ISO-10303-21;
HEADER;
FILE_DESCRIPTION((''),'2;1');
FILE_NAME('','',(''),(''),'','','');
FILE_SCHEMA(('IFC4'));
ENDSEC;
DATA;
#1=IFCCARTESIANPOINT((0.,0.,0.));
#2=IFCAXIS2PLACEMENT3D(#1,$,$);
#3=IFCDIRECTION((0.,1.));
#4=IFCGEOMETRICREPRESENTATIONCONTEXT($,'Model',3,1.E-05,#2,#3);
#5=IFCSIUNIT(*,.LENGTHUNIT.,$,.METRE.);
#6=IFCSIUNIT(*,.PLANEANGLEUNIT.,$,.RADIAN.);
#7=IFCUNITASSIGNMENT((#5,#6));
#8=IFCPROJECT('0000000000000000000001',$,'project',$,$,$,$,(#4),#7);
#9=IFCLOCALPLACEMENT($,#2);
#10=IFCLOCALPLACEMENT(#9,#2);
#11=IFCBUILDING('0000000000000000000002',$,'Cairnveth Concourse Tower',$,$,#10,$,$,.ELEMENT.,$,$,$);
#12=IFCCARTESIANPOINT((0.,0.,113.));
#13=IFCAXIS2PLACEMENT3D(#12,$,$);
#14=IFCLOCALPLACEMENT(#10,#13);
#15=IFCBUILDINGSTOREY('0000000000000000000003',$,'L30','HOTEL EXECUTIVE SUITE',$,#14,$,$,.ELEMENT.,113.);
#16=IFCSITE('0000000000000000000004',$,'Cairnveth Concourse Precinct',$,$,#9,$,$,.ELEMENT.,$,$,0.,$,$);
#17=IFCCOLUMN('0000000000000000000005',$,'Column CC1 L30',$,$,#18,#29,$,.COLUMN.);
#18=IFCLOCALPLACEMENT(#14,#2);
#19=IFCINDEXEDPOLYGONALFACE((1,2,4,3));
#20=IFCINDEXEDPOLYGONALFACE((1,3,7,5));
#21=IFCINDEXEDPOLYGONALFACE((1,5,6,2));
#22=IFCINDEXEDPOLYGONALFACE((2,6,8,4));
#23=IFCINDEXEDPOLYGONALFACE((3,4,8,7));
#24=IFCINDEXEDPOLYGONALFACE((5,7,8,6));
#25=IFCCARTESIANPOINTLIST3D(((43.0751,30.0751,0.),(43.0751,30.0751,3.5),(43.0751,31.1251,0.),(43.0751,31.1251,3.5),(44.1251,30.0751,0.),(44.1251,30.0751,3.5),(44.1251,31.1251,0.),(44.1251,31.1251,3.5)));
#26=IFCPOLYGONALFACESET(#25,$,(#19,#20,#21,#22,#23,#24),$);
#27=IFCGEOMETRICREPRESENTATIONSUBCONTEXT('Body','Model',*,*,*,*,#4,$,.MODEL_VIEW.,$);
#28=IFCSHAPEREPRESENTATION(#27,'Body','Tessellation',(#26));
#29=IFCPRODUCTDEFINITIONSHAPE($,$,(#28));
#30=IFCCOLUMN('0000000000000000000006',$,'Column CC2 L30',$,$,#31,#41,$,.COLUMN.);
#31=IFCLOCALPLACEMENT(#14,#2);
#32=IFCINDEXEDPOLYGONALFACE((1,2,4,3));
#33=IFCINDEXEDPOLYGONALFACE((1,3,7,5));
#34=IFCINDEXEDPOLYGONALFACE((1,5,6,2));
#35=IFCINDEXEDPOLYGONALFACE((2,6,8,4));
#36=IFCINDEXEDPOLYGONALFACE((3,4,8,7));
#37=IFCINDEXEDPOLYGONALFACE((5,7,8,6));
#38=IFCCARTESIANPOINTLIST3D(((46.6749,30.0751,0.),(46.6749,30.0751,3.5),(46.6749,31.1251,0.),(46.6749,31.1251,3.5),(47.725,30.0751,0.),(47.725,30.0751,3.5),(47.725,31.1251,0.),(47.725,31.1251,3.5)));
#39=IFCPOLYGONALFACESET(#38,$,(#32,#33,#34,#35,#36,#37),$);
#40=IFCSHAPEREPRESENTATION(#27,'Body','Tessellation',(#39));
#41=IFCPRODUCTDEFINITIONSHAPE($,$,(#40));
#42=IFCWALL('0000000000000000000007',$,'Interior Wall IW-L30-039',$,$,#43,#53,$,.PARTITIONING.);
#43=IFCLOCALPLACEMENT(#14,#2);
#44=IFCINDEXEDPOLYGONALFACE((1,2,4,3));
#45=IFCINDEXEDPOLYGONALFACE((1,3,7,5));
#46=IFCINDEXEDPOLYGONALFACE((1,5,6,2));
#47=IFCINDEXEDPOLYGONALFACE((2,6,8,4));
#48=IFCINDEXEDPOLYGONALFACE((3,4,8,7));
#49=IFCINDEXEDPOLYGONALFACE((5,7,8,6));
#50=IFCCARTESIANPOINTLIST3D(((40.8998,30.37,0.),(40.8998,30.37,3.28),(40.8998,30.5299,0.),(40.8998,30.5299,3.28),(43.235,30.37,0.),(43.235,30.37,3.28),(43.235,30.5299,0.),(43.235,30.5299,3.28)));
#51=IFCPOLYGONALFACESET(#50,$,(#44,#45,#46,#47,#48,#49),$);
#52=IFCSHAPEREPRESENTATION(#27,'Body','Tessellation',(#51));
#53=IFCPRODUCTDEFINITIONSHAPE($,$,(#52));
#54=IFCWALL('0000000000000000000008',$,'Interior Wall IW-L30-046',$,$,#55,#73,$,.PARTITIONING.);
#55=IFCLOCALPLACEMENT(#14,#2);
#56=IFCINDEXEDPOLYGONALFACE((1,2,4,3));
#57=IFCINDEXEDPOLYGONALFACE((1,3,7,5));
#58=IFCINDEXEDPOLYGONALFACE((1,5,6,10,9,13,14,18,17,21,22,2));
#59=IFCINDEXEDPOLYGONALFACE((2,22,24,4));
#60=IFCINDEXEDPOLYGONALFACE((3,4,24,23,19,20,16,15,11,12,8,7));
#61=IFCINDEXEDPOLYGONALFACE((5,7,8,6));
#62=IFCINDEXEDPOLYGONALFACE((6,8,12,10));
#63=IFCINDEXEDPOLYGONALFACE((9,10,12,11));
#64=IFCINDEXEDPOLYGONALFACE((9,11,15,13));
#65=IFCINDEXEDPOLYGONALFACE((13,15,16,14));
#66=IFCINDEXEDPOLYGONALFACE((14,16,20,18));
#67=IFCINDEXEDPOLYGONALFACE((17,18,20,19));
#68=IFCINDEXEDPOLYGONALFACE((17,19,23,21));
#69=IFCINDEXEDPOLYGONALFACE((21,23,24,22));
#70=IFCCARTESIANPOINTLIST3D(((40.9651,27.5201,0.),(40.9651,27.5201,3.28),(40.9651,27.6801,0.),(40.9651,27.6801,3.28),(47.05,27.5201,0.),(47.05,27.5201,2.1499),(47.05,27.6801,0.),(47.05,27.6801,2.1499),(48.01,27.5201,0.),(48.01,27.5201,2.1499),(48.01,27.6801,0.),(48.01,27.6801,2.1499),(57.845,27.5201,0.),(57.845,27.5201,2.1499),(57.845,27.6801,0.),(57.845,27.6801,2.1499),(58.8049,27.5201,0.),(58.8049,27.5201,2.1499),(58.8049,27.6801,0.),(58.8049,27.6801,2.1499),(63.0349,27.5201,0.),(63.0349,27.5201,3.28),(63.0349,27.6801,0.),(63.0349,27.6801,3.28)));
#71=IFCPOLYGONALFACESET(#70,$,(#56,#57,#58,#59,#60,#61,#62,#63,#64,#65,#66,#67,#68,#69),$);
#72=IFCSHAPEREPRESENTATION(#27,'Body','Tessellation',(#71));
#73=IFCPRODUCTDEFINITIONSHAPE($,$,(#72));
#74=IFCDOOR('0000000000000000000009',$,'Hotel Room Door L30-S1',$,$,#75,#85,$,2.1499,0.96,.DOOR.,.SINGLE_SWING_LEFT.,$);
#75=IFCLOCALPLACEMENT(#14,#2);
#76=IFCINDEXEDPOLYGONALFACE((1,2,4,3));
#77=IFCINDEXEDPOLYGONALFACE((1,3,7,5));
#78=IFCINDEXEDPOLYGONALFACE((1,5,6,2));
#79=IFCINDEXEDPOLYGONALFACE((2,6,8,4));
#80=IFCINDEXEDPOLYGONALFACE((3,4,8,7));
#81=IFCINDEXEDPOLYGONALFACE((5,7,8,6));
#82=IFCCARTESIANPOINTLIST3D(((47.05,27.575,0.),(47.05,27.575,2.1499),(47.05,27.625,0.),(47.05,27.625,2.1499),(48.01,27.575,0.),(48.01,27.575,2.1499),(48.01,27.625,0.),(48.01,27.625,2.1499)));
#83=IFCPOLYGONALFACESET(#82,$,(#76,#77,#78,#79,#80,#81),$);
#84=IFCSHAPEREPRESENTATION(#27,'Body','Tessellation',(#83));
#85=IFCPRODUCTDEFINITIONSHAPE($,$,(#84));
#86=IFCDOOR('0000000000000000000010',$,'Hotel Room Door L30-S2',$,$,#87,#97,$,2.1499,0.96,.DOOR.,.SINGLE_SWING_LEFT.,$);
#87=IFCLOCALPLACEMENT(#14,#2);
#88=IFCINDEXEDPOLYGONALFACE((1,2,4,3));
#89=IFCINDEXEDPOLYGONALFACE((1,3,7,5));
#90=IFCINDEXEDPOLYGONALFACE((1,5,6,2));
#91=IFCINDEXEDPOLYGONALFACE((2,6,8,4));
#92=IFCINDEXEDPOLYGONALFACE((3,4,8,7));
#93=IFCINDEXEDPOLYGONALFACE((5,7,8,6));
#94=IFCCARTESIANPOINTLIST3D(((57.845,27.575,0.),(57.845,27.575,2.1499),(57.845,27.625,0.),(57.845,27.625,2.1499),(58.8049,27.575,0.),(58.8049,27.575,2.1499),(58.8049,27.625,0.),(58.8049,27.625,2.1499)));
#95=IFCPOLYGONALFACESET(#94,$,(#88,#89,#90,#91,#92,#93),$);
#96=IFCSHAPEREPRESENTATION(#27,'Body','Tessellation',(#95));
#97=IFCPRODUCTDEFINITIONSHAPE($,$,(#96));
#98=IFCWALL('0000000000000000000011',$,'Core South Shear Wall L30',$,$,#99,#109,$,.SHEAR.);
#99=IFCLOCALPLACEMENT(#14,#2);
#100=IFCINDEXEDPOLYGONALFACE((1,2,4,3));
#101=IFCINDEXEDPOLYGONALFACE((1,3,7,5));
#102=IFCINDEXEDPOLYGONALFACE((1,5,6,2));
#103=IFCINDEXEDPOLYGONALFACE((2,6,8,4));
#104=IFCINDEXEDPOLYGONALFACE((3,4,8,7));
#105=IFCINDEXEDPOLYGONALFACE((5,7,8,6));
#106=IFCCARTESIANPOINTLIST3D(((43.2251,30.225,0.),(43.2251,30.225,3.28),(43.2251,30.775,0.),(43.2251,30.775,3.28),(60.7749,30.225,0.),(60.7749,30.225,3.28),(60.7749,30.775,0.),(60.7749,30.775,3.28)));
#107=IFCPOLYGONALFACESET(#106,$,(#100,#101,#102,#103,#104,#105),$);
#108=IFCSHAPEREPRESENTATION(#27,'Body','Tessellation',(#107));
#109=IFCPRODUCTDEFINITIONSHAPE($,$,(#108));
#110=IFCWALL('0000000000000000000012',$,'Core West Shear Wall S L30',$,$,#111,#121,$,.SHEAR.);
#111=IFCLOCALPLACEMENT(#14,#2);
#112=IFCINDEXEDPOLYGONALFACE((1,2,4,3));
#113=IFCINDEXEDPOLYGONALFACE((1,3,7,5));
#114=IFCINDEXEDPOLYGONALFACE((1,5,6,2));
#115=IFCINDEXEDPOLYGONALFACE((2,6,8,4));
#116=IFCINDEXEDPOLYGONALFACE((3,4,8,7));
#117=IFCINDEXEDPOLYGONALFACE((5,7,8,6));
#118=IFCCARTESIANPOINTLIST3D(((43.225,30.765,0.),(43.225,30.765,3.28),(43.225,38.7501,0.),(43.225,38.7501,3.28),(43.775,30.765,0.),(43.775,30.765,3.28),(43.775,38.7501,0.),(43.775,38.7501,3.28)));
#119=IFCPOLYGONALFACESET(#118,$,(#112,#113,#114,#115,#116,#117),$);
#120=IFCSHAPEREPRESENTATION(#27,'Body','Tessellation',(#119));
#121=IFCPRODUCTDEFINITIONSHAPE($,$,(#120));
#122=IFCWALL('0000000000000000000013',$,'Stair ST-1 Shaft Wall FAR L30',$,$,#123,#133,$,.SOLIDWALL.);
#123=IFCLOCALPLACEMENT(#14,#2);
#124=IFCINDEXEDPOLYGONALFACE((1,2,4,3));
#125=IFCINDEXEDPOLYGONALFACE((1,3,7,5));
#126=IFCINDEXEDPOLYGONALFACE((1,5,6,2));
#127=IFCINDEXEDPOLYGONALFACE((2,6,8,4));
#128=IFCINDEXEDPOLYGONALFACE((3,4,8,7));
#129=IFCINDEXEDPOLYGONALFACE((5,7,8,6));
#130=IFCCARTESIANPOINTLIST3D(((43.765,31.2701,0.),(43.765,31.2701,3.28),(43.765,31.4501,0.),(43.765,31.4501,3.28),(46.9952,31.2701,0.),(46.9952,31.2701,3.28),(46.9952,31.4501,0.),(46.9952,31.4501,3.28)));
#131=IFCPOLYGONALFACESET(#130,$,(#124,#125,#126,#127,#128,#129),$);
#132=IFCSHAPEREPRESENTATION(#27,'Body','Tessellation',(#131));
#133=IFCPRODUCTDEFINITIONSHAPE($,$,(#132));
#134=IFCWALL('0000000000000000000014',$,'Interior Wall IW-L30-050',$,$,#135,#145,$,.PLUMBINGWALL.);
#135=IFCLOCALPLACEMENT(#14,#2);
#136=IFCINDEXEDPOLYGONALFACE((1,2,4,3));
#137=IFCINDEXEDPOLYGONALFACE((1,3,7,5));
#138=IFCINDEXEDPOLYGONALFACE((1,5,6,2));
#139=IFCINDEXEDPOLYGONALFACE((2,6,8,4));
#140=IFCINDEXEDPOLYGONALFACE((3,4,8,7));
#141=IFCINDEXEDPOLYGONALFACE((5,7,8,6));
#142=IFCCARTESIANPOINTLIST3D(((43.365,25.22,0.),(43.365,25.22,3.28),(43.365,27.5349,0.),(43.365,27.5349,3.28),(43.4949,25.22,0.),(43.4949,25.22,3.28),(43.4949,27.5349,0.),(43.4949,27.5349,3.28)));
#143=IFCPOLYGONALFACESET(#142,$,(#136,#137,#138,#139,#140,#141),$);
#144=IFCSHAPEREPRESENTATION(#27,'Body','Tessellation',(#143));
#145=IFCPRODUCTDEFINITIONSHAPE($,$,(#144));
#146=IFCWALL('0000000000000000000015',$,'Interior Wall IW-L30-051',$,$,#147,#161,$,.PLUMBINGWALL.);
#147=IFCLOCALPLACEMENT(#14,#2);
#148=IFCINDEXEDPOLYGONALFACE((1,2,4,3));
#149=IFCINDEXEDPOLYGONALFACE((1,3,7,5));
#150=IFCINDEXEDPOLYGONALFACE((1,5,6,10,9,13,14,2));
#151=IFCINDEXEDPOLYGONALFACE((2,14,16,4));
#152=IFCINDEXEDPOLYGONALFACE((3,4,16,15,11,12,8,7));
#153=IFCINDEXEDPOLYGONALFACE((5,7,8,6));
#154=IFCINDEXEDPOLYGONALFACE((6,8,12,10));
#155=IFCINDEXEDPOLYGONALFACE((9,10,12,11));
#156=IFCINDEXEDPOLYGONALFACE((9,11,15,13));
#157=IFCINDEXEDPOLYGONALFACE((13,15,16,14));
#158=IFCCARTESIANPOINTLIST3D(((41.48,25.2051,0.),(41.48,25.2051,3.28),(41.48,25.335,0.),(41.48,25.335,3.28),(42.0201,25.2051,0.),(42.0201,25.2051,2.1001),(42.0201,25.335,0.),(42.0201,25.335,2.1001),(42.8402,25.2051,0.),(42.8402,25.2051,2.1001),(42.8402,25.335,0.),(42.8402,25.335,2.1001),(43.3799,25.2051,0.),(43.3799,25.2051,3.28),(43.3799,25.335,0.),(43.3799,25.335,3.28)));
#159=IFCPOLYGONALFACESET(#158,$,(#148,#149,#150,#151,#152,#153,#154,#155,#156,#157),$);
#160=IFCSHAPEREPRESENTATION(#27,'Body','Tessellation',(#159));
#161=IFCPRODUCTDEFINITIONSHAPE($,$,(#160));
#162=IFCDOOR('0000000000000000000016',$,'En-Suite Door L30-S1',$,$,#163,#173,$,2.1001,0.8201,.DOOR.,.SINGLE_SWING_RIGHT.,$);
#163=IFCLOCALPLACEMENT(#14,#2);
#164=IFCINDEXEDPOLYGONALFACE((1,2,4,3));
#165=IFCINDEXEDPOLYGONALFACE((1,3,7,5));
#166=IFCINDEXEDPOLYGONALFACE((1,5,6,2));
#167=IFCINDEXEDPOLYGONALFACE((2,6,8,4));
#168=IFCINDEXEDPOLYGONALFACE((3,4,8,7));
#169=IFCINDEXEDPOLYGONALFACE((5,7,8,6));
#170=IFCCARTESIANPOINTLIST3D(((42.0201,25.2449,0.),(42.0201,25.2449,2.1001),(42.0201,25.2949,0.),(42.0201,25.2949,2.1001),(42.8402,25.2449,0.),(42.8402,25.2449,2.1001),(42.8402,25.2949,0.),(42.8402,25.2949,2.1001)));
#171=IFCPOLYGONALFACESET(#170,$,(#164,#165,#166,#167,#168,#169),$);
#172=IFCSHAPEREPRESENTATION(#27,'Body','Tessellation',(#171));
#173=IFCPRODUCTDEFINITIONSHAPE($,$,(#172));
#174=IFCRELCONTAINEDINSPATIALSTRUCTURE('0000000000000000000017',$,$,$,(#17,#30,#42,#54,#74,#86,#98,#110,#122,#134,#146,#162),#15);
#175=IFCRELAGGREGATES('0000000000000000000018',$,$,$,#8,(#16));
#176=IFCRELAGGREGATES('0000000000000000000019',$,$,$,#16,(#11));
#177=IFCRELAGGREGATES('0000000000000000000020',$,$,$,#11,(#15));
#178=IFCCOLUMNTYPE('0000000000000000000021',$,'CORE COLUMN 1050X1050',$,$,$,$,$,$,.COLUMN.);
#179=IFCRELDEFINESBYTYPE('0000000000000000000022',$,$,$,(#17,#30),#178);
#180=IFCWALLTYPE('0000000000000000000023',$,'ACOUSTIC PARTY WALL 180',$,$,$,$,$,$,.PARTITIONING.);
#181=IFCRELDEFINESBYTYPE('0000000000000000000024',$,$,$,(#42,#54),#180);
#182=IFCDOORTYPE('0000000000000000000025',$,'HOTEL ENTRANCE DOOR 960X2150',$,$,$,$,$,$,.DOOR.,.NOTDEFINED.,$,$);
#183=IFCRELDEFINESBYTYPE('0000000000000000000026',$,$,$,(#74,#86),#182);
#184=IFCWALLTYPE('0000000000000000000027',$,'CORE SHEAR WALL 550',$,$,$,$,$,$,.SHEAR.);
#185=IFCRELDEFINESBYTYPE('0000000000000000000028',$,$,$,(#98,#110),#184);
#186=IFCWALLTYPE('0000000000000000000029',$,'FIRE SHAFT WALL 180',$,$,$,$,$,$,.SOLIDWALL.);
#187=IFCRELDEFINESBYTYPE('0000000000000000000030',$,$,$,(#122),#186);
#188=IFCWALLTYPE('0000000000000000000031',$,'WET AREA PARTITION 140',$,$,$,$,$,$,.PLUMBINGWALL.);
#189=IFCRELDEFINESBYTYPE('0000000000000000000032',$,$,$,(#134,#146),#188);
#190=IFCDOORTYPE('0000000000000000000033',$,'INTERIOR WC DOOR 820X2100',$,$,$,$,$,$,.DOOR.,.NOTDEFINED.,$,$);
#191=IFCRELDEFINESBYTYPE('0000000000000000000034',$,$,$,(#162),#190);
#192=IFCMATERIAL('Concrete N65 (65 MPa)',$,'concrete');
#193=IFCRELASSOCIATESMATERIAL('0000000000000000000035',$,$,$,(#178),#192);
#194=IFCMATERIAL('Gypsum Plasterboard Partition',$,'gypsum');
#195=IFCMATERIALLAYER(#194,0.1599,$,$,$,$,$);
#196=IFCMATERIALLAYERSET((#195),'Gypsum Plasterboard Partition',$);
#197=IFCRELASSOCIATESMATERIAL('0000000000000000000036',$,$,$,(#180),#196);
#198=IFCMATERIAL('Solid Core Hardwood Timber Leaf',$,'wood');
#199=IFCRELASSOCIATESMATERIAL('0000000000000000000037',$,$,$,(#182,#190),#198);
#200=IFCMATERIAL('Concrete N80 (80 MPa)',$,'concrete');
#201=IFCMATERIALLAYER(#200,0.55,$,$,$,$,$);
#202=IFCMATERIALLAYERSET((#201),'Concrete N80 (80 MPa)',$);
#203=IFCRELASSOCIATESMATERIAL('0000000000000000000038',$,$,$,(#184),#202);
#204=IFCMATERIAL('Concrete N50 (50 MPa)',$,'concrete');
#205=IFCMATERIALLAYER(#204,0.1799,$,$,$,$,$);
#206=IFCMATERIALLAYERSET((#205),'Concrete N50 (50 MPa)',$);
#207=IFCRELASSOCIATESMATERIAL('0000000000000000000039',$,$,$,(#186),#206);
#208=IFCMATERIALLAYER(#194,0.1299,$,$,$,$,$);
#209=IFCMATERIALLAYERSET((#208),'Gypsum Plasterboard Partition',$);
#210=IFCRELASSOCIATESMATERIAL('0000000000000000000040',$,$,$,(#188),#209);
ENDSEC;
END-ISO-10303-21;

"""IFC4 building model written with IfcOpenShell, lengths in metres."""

from ifc_helpers import new_model, si_unit, direction, frame, frame_2d, origin, origin_2d, place, context, subcontext, project, spatial, rectangle, extrude, material, layer, layer_set, material_profile, profile_set, type_object, element, fill, save


model = new_model("IFC4")

# Units and contexts
model_context = context("Model", 3, precision=1e-05, world=origin(), true_north=direction((0.0, 1.0)))
body_context = subcontext(model_context, "Body", "Model", "MODEL_VIEW")
ifc_project = project(units=[si_unit("LENGTHUNIT", "METRE"), si_unit("PLANEANGLEUNIT", "RADIAN")], contexts=[model_context])

# Site, building, storey
site_placement = place(None, origin())
site = spatial("IfcSite", under=ifc_project, at=site_placement, Name="Cairnveth Concourse Precinct", CompositionType="ELEMENT", RefElevation=0.0)
building_placement = place(site_placement, origin())
building = spatial("IfcBuilding", under=site, at=building_placement, Name="Cairnveth Concourse Tower", CompositionType="ELEMENT")
storey_placement = place(building_placement, frame((0.0, 0.0, 113.0)))
storey = spatial("IfcBuildingStorey", under=building, at=storey_placement, Name="L30", Description="HOTEL EXECUTIVE SUITE", CompositionType="ELEMENT", Elevation=113.0)

# Columns
ifc_material_1 = material(Name="Concrete N65 (65 MPa)", Category="concrete")
ifc_material_profile = material_profile(ifc_material_1, rectangle(XDim=1.05, YDim=1.05, at=origin_2d()), Name="RC-COL-1050x1050")
ifc_profile_set = profile_set([ifc_material_profile], Name="Concrete N65 (65 MPa)")
column_type = type_object("IfcColumnType", Name="CORE COLUMN 1050X1050", PredefinedType="COLUMN", material=ifc_profile_set)
for number, where, z_axis, x_axis, name in (
    (1, (43.6001, 30.6001, 0.0), (0.0, 0.0, 1.0), (1.0, 0.0, 0.0), "Column CC1 L30"),
    (2, (47.2, 30.6001, 0.0), (0.0, 0.0, 1.0), (1.0, 0.0, 0.0), "Column CC2 L30"),
):
    element("IfcColumn", number, at=place(storey_placement, frame(where, z_axis=z_axis, x_axis=x_axis)), inside=storey, type_object=column_type, Name=name, PredefinedType="COLUMN", context=body_context, shape_type="SweptSolid", body=[
        extrude(rectangle(XDim=1.05, YDim=1.05, at=origin_2d()), origin(), (0.0, 0.0, 1.0), 3.5),
    ])

# Wall
ifc_material_2 = material(Name="Gypsum Plasterboard Partition", Category="gypsum")
ifc_layer_1 = layer(ifc_material_2, 0.1599)
ifc_layer_set_1 = layer_set([ifc_layer_1], Name="Gypsum Plasterboard Partition")
wall_type_1 = type_object("IfcWallType", Name="ACOUSTIC PARTY WALL 180", PredefinedType="PARTITIONING", material=ifc_layer_set_1)
wall_1_placement = place(storey_placement, frame((40.8999, 30.45, 0.0), z_axis=(0.0, 0.0, 1.0), x_axis=(1.0, 0.0, 0.0)))
element("IfcWall", 3, at=wall_1_placement, inside=storey, type_object=wall_type_1, Name="Interior Wall IW-L30-039", PredefinedType="PARTITIONING", context=body_context, shape_type="SweptSolid", body=[
    extrude(rectangle(XDim=2.3352, YDim=0.1599, at=frame_2d((1.1675, 0.0))), origin(), (0.0, 0.0, 1.0), 3.28),
])

# Wall, openings, doors
wall_2_placement = place(storey_placement, frame((40.9651, 27.6001, 0.0), z_axis=(0.0, 0.0, 1.0), x_axis=(1.0, 0.0, 0.0)))
wall_2 = element("IfcWall", 4, at=wall_2_placement, inside=storey, type_object=wall_type_1, Name="Interior Wall IW-L30-046", PredefinedType="PARTITIONING", context=body_context, shape_type="SweptSolid", body=[
    extrude(rectangle(XDim=22.0698, YDim=0.1599, at=frame_2d((11.0349, 0.0))), origin(), (0.0, 0.0, 1.0), 3.28),
])
opening_1_placement = place(wall_2_placement, frame((6.085, 0.0, 0.0)))
opening_1 = element("IfcOpeningElement", 5, at=opening_1_placement, cuts=wall_2, PredefinedType="OPENING", context=body_context, shape_type="SweptSolid", body=[
    extrude(rectangle(XDim=0.96, YDim=2.1499, at=frame_2d((0.48, 1.075))), frame((0.0, 0.0898, 0.0), z_axis=(0.0, -1.0, 0.0), x_axis=(1.0, 0.0, 0.0)), (0.0, 0.0, 1.0), 0.1799),
])
opening_2_placement = place(wall_2_placement, frame((16.8799, 0.0, 0.0)))
opening_2 = element("IfcOpeningElement", 6, at=opening_2_placement, cuts=wall_2, PredefinedType="OPENING", context=body_context, shape_type="SweptSolid", body=[
    extrude(rectangle(XDim=0.96, YDim=2.1499, at=frame_2d((0.48, 1.075))), frame((0.0, 0.0898, 0.0), z_axis=(0.0, -1.0, 0.0), x_axis=(1.0, 0.0, 0.0)), (0.0, 0.0, 1.0), 0.1799),
])
ifc_material_3 = material(Name="Solid Core Hardwood Timber Leaf", Category="wood")
door_type_1 = type_object("IfcDoorType", Name="HOTEL ENTRANCE DOOR 960X2150", OperationType="NOTDEFINED", PredefinedType="DOOR", material=ifc_material_3)
door_1_placement = place(opening_1_placement, origin())
door_1 = element("IfcDoor", 7, at=door_1_placement, inside=storey, type_object=door_type_1, Name="Hotel Room Door L30-S1", OperationType="SINGLE_SWING_LEFT", OverallHeight=2.1499, OverallWidth=0.96, PredefinedType="DOOR", context=body_context, shape_type="SweptSolid", body=[
    extrude(rectangle(XDim=0.96, YDim=2.1499, at=frame_2d((0.48, 1.075))), frame((0.0, 0.0249, 0.0), z_axis=(0.0, -1.0, 0.0), x_axis=(1.0, 0.0, 0.0)), (0.0, 0.0, 1.0), 0.05),
])
fill(opening_1, door_1)
door_2_placement = place(opening_2_placement, origin())
door_2 = element("IfcDoor", 8, at=door_2_placement, inside=storey, type_object=door_type_1, Name="Hotel Room Door L30-S2", OperationType="SINGLE_SWING_LEFT", OverallHeight=2.1499, OverallWidth=0.96, PredefinedType="DOOR", context=body_context, shape_type="SweptSolid", body=[
    extrude(rectangle(XDim=0.96, YDim=2.1499, at=frame_2d((0.48, 1.075))), frame((0.0, 0.0249, 0.0), z_axis=(0.0, -1.0, 0.0), x_axis=(1.0, 0.0, 0.0)), (0.0, 0.0, 1.0), 0.05),
])
fill(opening_2, door_2)

# Walls
ifc_material_4 = material(Name="Concrete N80 (80 MPa)", Category="concrete")
ifc_layer_2 = layer(ifc_material_4, 0.55)
ifc_layer_set_2 = layer_set([ifc_layer_2], Name="Concrete N80 (80 MPa)")
wall_type_2 = type_object("IfcWallType", Name="CORE SHEAR WALL 550", PredefinedType="SHEAR", material=ifc_layer_set_2)
wall_3_placement = place(storey_placement, frame((43.2251, 30.5, 0.0), z_axis=(0.0, 0.0, 1.0), x_axis=(1.0, 0.0, 0.0)))
element("IfcWall", 9, at=wall_3_placement, inside=storey, type_object=wall_type_2, Name="Core South Shear Wall L30", PredefinedType="SHEAR", context=body_context, shape_type="SweptSolid", body=[
    extrude(rectangle(XDim=17.5498, YDim=0.55, at=frame_2d((8.7749, 0.0))), origin(), (0.0, 0.0, 1.0), 3.28),
])
wall_4_placement = place(storey_placement, frame((43.5, 30.7649, 0.0), z_axis=(0.0, 0.0, 1.0), x_axis=(0.0, 1.0, 0.0)))
element("IfcWall", 10, at=wall_4_placement, inside=storey, type_object=wall_type_2, Name="Core West Shear Wall S L30", PredefinedType="SHEAR", context=body_context, shape_type="SweptSolid", body=[
    extrude(rectangle(XDim=7.9851, YDim=0.55, at=frame_2d((3.9927, 0.0))), origin(), (0.0, 0.0, 1.0), 3.28),
])
ifc_material_5 = material(Name="Concrete N50 (50 MPa)", Category="concrete")
ifc_layer_3 = layer(ifc_material_5, 0.1799)
ifc_layer_set_3 = layer_set([ifc_layer_3], Name="Concrete N50 (50 MPa)")
wall_type_3 = type_object("IfcWallType", Name="FIRE SHAFT WALL 180", PredefinedType="SOLIDWALL", material=ifc_layer_set_3)
wall_5_placement = place(storey_placement, frame((43.7649, 31.3601, 0.0), z_axis=(0.0, 0.0, 1.0), x_axis=(1.0, 0.0, 0.0)))
element("IfcWall", 11, at=wall_5_placement, inside=storey, type_object=wall_type_3, Name="Stair ST-1 Shaft Wall FAR L30", PredefinedType="SOLIDWALL", context=body_context, shape_type="SweptSolid", body=[
    extrude(rectangle(XDim=3.2302, YDim=0.1799, at=frame_2d((1.6152, 0.0))), origin(), (0.0, 0.0, 1.0), 3.28),
])
ifc_layer_4 = layer(ifc_material_2, 0.1299)
ifc_layer_set_4 = layer_set([ifc_layer_4], Name="Gypsum Plasterboard Partition")
wall_type_4 = type_object("IfcWallType", Name="WET AREA PARTITION 140", PredefinedType="PLUMBINGWALL", material=ifc_layer_set_4)
wall_6_placement = place(storey_placement, frame((43.4299, 25.22, 0.0), z_axis=(0.0, 0.0, 1.0), x_axis=(0.0, 1.0, 0.0)))
element("IfcWall", 12, at=wall_6_placement, inside=storey, type_object=wall_type_4, Name="Interior Wall IW-L30-050", PredefinedType="PLUMBINGWALL", context=body_context, shape_type="SweptSolid", body=[
    extrude(rectangle(XDim=2.3149, YDim=0.1299, at=frame_2d((1.1575, 0.0))), origin(), (0.0, 0.0, 1.0), 3.28),
])

# Wall, opening, door
wall_7_placement = place(storey_placement, frame((41.48, 25.27, 0.0), z_axis=(0.0, 0.0, 1.0), x_axis=(1.0, 0.0, 0.0)))
wall_7 = element("IfcWall", 13, at=wall_7_placement, inside=storey, type_object=wall_type_4, Name="Interior Wall IW-L30-051", PredefinedType="PLUMBINGWALL", context=body_context, shape_type="SweptSolid", body=[
    extrude(rectangle(XDim=1.8999, YDim=0.1299, at=frame_2d((0.95, 0.0))), origin(), (0.0, 0.0, 1.0), 3.28),
])
opening_3_placement = place(wall_7_placement, frame((0.54, 0.0, 0.0)))
opening_3 = element("IfcOpeningElement", 14, at=opening_3_placement, cuts=wall_7, PredefinedType="OPENING", context=body_context, shape_type="SweptSolid", body=[
    extrude(rectangle(XDim=0.8201, YDim=2.1001, at=frame_2d((0.4102, 1.05))), frame((0.0, 0.075, 0.0), z_axis=(0.0, -1.0, 0.0), x_axis=(1.0, 0.0, 0.0)), (0.0, 0.0, 1.0), 0.1499),
])
door_type_2 = type_object("IfcDoorType", Name="INTERIOR WC DOOR 820X2100", OperationType="NOTDEFINED", PredefinedType="DOOR", material=ifc_material_3)
door_3_placement = place(opening_3_placement, origin())
door_3 = element("IfcDoor", 15, at=door_3_placement, inside=storey, type_object=door_type_2, Name="En-Suite Door L30-S1", OperationType="SINGLE_SWING_RIGHT", OverallHeight=2.1001, OverallWidth=0.8201, PredefinedType="DOOR", context=body_context, shape_type="SweptSolid", body=[
    extrude(rectangle(XDim=0.8201, YDim=2.1001, at=frame_2d((0.4102, 1.05))), frame((0.0, 0.0249, 0.0), z_axis=(0.0, -1.0, 0.0), x_axis=(1.0, 0.0, 0.0)), (0.0, 0.0, 1.0), 0.05),
])
fill(opening_3, door_3)

save(model, "model.ifc")
